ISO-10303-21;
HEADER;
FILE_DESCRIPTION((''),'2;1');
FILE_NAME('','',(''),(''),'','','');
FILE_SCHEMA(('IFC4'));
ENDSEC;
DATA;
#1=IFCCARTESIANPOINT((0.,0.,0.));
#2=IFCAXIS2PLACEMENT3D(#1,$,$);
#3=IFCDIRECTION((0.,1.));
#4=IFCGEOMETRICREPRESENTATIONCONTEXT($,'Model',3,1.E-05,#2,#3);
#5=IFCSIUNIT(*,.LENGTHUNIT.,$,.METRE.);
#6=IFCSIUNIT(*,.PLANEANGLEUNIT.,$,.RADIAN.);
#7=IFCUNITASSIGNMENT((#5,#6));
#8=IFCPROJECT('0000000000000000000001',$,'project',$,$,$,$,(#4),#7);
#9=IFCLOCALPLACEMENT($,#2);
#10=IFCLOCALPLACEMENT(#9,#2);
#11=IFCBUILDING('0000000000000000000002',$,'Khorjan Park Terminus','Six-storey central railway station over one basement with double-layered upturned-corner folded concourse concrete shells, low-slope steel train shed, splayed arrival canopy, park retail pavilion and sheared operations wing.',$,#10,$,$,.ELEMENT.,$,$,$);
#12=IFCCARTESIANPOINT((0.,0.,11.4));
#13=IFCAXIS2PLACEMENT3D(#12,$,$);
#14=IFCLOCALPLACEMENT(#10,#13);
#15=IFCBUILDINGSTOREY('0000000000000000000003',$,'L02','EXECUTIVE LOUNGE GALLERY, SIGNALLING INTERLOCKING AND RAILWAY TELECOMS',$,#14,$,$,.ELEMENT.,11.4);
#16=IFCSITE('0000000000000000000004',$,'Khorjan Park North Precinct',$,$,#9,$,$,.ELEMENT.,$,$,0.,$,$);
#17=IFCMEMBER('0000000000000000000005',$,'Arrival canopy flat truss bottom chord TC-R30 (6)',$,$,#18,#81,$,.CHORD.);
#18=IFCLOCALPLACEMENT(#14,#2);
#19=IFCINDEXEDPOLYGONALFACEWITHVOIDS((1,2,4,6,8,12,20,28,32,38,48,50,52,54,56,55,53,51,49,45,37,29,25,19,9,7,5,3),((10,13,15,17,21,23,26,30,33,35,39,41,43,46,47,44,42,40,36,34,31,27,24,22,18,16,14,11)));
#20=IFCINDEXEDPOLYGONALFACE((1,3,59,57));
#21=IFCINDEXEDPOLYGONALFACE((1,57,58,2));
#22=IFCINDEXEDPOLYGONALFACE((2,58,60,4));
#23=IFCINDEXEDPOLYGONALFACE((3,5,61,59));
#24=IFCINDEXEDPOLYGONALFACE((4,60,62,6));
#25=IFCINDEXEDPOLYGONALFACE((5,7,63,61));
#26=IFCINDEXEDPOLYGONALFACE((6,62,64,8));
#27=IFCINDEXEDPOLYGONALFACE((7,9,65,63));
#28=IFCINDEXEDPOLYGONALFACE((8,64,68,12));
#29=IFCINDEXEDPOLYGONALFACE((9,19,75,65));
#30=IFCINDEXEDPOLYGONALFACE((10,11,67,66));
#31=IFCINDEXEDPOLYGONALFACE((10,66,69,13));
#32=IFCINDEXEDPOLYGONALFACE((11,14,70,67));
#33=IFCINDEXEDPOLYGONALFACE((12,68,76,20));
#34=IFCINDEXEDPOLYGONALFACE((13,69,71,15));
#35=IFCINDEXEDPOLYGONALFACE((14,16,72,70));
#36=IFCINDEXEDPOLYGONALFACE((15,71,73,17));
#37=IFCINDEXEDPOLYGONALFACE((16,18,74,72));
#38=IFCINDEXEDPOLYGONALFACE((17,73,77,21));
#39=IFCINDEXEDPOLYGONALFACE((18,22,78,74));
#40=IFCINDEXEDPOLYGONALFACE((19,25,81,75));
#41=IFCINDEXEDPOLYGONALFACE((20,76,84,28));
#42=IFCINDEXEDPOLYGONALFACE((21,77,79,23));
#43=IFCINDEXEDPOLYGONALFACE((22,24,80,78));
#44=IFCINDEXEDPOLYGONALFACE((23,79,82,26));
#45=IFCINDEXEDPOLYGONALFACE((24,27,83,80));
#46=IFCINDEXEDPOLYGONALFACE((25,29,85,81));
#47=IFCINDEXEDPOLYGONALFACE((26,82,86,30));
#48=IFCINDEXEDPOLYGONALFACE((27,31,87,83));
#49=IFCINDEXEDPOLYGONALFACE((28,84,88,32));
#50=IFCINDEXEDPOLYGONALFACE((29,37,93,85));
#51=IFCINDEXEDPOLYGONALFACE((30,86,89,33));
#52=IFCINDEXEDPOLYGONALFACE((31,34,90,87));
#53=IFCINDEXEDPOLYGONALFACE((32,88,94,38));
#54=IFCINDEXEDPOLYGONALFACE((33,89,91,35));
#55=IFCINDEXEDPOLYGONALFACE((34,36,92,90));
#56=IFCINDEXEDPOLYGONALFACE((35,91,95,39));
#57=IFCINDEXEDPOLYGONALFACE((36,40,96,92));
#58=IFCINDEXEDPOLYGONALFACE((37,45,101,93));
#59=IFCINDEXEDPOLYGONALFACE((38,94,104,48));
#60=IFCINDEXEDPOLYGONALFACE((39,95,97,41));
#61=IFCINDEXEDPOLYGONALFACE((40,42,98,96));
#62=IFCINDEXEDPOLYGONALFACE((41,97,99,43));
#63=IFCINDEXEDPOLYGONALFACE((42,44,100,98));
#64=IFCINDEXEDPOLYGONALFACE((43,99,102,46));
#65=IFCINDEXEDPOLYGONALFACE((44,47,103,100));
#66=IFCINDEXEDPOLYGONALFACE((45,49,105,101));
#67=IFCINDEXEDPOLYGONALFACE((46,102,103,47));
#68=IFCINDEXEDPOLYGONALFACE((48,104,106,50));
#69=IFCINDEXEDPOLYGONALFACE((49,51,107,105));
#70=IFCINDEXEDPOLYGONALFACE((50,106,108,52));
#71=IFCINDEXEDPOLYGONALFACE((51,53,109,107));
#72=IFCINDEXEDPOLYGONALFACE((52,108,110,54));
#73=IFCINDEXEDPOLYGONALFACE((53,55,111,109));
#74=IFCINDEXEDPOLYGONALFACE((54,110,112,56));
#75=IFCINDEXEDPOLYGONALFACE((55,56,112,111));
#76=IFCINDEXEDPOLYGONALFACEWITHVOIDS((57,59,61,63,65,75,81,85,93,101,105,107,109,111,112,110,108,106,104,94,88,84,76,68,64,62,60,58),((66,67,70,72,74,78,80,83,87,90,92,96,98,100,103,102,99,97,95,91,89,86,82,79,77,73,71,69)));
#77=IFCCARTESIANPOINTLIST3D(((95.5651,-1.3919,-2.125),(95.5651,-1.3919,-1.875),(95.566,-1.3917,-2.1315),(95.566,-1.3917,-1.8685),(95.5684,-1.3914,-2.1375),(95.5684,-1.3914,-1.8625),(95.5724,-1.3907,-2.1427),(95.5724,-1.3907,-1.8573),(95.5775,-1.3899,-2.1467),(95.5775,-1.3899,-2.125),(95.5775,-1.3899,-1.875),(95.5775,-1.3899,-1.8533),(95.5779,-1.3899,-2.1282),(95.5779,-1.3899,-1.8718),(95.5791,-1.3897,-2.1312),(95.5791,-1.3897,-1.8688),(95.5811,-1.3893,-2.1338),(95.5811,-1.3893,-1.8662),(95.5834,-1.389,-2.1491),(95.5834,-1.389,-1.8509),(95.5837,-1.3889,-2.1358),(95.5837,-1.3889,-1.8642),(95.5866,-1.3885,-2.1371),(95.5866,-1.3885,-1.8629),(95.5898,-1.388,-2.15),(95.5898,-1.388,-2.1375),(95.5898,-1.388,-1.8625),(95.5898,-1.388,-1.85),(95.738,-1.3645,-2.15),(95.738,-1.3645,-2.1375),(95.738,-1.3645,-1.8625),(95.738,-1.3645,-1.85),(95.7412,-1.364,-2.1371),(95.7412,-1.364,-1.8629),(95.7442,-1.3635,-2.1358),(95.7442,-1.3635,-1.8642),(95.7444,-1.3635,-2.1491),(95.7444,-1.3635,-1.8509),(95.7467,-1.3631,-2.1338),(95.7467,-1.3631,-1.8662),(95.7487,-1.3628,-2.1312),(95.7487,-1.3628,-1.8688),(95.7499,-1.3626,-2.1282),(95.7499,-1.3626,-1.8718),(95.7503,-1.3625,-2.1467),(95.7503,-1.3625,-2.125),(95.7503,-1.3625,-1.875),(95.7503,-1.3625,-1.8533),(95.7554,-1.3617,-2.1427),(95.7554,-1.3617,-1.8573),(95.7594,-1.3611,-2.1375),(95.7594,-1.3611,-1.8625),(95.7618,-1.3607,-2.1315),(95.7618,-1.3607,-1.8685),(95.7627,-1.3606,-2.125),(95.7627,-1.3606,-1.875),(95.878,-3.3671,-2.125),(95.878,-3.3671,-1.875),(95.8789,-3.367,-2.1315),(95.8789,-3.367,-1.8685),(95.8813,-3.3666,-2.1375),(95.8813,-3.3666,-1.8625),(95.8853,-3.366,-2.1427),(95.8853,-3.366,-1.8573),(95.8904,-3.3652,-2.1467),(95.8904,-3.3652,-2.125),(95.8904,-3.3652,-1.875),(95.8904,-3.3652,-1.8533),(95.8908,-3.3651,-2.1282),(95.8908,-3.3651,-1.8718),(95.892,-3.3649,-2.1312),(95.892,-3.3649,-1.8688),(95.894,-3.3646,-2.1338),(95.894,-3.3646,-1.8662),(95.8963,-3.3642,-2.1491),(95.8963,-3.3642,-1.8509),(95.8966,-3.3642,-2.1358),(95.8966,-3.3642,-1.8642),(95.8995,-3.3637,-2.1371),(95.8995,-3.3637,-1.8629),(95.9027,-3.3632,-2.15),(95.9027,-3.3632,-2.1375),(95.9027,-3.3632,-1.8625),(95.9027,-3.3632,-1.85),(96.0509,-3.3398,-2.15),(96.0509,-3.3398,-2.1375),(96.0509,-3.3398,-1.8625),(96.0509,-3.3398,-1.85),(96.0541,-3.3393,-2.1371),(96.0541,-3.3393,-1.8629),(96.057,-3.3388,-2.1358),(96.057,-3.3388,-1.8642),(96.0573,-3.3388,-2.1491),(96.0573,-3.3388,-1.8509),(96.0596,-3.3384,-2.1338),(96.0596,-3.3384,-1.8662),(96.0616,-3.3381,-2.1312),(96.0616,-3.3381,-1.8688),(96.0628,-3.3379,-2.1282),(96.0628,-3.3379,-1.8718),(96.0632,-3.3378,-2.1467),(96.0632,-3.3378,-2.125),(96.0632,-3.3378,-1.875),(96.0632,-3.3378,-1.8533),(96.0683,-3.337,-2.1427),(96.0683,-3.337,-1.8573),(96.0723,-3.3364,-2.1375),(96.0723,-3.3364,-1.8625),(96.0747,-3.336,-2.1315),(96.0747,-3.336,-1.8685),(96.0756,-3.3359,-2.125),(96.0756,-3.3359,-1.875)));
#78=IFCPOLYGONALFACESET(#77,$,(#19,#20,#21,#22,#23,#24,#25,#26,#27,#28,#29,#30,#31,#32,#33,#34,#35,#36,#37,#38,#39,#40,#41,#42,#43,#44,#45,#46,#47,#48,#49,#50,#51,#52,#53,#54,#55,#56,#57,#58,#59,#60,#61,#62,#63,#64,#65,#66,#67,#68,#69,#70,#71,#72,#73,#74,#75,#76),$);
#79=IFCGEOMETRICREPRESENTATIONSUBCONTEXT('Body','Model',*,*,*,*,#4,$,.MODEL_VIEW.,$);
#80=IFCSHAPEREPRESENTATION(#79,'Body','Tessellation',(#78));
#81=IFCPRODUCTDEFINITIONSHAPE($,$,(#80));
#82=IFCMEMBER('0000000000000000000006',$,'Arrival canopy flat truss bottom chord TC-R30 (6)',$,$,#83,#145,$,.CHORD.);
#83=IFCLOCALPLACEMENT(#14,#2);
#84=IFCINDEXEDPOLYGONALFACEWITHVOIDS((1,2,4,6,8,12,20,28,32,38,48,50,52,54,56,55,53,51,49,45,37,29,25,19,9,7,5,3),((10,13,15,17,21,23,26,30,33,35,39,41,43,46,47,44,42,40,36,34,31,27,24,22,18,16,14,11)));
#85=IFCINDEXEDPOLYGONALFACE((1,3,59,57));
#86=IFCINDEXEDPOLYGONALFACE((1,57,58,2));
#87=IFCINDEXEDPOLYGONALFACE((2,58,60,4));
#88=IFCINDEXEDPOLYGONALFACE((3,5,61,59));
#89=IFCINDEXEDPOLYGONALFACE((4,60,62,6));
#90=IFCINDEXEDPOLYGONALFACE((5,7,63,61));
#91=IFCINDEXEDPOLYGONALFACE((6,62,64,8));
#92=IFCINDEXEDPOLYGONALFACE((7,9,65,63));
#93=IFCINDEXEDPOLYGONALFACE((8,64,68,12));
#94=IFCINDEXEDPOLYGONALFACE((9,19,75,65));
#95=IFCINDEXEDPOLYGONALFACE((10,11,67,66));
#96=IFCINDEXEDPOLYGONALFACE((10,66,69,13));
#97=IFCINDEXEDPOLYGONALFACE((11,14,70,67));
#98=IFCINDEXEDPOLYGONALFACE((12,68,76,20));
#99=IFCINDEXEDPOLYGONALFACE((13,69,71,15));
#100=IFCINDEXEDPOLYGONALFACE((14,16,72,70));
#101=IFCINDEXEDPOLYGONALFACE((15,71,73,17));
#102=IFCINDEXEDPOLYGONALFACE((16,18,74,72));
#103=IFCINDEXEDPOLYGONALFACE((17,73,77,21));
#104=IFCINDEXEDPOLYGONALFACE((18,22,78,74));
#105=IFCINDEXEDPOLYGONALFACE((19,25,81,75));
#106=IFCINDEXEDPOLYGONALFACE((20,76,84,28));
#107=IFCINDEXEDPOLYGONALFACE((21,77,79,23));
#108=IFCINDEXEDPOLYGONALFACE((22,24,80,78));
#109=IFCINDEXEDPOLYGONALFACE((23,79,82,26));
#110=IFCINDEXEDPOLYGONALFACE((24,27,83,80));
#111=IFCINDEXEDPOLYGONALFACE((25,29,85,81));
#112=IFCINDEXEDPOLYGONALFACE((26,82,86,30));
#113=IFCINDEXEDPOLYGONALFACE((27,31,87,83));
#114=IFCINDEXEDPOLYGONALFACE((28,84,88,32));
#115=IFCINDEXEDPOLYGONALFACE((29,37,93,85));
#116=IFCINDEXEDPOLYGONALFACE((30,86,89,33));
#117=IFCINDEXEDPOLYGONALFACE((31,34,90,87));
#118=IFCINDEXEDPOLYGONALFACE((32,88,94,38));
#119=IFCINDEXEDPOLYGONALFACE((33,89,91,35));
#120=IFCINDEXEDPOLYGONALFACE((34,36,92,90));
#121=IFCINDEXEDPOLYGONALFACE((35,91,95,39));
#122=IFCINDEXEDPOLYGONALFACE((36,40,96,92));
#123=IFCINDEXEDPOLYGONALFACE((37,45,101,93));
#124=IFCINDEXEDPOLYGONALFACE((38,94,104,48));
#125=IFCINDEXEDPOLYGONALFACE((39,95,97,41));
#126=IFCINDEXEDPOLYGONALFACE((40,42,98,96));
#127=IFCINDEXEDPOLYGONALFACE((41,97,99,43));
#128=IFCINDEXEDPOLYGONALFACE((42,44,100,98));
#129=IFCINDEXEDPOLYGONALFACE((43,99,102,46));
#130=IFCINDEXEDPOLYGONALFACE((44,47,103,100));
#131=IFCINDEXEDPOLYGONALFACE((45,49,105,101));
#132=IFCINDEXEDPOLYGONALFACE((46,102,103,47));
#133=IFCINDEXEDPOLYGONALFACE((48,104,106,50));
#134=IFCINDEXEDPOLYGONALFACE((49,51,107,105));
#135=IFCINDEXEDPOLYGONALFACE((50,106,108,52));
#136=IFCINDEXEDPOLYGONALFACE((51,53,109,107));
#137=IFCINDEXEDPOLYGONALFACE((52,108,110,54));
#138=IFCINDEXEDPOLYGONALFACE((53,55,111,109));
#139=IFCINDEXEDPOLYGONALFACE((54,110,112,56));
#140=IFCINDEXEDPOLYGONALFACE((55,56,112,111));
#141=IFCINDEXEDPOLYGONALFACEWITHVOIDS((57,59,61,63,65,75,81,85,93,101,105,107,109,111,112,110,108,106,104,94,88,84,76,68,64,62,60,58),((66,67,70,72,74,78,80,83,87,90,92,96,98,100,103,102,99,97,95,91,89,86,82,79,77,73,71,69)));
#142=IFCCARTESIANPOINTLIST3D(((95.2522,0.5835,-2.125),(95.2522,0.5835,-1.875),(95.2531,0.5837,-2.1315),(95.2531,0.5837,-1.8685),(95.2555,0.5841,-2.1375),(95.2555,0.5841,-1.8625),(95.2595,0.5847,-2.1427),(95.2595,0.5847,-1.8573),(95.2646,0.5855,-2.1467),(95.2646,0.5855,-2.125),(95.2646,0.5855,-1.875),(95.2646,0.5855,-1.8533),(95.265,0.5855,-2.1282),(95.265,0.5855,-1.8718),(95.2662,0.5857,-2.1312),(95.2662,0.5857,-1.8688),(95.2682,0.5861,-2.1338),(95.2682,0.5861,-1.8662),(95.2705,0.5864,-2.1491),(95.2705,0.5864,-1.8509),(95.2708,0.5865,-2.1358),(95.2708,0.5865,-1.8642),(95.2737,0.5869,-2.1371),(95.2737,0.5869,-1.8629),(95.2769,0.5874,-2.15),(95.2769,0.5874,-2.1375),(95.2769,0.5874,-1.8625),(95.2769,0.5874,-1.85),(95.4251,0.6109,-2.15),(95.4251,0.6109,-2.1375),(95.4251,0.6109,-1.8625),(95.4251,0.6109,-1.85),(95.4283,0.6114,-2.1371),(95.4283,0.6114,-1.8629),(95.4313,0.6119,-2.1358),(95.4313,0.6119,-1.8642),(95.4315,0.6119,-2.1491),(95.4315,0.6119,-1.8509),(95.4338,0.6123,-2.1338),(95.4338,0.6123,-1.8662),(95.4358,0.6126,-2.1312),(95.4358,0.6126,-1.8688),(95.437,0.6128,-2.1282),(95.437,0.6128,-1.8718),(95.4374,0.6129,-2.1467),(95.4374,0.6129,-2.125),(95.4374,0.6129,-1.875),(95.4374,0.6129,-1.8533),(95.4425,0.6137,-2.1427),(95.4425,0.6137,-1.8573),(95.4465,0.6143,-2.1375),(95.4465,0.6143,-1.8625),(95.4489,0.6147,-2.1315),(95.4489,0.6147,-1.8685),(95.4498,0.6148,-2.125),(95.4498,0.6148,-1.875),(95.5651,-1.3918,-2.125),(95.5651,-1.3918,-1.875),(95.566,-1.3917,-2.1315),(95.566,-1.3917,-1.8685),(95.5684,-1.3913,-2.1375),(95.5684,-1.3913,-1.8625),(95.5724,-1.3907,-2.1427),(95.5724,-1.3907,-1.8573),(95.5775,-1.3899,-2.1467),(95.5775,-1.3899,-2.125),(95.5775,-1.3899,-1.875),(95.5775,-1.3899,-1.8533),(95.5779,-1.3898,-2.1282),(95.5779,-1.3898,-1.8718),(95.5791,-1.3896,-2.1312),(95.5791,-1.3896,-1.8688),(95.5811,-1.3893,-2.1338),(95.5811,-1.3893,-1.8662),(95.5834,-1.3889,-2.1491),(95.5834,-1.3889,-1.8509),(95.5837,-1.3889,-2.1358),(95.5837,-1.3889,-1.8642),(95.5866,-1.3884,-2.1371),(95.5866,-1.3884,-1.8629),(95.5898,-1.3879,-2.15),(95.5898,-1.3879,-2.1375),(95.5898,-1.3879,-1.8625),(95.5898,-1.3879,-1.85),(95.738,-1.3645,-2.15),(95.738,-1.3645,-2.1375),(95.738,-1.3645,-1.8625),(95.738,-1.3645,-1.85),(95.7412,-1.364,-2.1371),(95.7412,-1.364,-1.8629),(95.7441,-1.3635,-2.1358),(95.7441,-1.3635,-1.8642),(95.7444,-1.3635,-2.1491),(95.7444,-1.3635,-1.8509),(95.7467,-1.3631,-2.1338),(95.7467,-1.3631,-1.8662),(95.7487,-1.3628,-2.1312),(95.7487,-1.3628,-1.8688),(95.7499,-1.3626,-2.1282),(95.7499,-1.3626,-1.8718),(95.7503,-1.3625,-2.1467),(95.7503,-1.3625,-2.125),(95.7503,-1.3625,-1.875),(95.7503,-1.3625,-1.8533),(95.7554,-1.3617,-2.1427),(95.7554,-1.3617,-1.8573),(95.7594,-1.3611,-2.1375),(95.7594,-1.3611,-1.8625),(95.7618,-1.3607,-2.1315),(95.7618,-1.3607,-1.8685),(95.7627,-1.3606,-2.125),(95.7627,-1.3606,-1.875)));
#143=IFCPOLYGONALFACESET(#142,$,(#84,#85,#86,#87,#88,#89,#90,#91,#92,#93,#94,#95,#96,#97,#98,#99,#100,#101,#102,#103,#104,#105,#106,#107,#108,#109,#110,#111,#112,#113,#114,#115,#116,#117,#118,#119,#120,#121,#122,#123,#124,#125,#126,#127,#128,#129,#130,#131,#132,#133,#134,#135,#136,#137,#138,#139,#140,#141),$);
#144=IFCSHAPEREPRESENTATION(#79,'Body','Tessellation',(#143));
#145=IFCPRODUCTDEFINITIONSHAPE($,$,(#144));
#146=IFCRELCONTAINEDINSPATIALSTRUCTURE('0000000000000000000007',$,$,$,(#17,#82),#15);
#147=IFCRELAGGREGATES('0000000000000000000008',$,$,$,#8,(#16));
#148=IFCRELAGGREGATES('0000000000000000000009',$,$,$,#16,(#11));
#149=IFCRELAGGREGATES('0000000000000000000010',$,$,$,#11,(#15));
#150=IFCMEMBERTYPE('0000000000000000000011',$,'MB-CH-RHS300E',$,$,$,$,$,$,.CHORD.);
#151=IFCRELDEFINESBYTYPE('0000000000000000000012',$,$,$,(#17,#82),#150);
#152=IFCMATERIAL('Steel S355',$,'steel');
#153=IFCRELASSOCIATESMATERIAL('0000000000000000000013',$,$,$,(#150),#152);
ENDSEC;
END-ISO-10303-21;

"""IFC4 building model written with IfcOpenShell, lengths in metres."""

from ifc_helpers import new_model, si_unit, direction, frame, origin, origin_2d, place, context, subcontext, project, spatial, hollow_rectangle, extrude, material, material_profile, profile_set, type_object, element, save


model = new_model("IFC4")

# Units and contexts
model_context = context("Model", 3, precision=1e-05, world=origin(), true_north=direction((0.0, 1.0)))
body_context = subcontext(model_context, "Body", "Model", "MODEL_VIEW")
ifc_project = project(units=[si_unit("LENGTHUNIT", "METRE"), si_unit("PLANEANGLEUNIT", "RADIAN")], contexts=[model_context])

# Site, building, storey
site_placement = place(None, origin())
site = spatial("IfcSite", under=ifc_project, at=site_placement, Name="Khorjan Park North Precinct", CompositionType="ELEMENT", RefElevation=0.0)
building_placement = place(site_placement, origin())
building = spatial("IfcBuilding", under=site, at=building_placement, Name="Khorjan Park Terminus", Description="Six-storey central railway station over one basement with double-layered upturned-corner folded concourse concrete shells, low-slope steel train shed, splayed arrival canopy, park retail pavilion and sheared operations wing.", CompositionType="ELEMENT")
storey_placement = place(building_placement, frame((0.0, 0.0, 11.4)))
storey = spatial("IfcBuildingStorey", under=building, at=storey_placement, Name="L02", Description="EXECUTIVE LOUNGE GALLERY, SIGNALLING INTERLOCKING AND RAILWAY TELECOMS", CompositionType="ELEMENT", Elevation=11.4)

# Members
ifc_material = material(Name="Steel S355", Category="steel")
ifc_material_profile_1 = material_profile(ifc_material, hollow_rectangle(XDim=0.2, YDim=0.3, WallThickness=0.0125, InnerFilletRadius=0.0125, OuterFilletRadius=0.025, at=origin_2d()), Name="RHS 300x200x12.5")
ifc_profile_set_1 = profile_set([ifc_material_profile_1], Name="Steel S355")
member_type_1 = type_object("IfcMemberType", Name="MB-CH-RHS300E", PredefinedType="CHORD", material=ifc_profile_set_1)
member_1_placement = place(storey_placement, frame((95.9768, -3.3515, -2.0), z_axis=(-0.156456, 0.987685, 0.0), x_axis=(-0.987685, -0.156456, 0.0)))
element("IfcMember", 1, at=member_1_placement, inside=storey, type_object=member_type_1, Name="Arrival canopy flat truss bottom chord TC-R30 (6)", PredefinedType="CHORD", context=body_context, shape_type="SweptSolid", body=[
    extrude(hollow_rectangle(XDim=0.2, YDim=0.3, WallThickness=0.0125, InnerFilletRadius=0.0125, OuterFilletRadius=0.025, at=origin_2d()), origin(), (0.0, 0.0, 1.0), 1.9999),
])
for number, where, z_axis, x_axis, name in (
    (2, (95.6639, -1.3762, -2.0), (-0.156448, 0.987686, 0.0), (-0.987686, -0.156448, 0.0), "Arrival canopy flat truss bottom chord TC-R30 (6)"),
):
    element("IfcMember", number, at=place(storey_placement, frame(where, z_axis=z_axis, x_axis=x_axis)), inside=storey, type_object=member_type_1, Name=name, PredefinedType="CHORD", context=body_context, shape_type="SweptSolid", body=[
        extrude(hollow_rectangle(XDim=0.2, YDim=0.3, WallThickness=0.0125, InnerFilletRadius=0.0125, OuterFilletRadius=0.025, at=origin_2d()), origin(), (0.0, 0.0, 1.0), 2.0),
    ])

save(model, "model.ifc")
